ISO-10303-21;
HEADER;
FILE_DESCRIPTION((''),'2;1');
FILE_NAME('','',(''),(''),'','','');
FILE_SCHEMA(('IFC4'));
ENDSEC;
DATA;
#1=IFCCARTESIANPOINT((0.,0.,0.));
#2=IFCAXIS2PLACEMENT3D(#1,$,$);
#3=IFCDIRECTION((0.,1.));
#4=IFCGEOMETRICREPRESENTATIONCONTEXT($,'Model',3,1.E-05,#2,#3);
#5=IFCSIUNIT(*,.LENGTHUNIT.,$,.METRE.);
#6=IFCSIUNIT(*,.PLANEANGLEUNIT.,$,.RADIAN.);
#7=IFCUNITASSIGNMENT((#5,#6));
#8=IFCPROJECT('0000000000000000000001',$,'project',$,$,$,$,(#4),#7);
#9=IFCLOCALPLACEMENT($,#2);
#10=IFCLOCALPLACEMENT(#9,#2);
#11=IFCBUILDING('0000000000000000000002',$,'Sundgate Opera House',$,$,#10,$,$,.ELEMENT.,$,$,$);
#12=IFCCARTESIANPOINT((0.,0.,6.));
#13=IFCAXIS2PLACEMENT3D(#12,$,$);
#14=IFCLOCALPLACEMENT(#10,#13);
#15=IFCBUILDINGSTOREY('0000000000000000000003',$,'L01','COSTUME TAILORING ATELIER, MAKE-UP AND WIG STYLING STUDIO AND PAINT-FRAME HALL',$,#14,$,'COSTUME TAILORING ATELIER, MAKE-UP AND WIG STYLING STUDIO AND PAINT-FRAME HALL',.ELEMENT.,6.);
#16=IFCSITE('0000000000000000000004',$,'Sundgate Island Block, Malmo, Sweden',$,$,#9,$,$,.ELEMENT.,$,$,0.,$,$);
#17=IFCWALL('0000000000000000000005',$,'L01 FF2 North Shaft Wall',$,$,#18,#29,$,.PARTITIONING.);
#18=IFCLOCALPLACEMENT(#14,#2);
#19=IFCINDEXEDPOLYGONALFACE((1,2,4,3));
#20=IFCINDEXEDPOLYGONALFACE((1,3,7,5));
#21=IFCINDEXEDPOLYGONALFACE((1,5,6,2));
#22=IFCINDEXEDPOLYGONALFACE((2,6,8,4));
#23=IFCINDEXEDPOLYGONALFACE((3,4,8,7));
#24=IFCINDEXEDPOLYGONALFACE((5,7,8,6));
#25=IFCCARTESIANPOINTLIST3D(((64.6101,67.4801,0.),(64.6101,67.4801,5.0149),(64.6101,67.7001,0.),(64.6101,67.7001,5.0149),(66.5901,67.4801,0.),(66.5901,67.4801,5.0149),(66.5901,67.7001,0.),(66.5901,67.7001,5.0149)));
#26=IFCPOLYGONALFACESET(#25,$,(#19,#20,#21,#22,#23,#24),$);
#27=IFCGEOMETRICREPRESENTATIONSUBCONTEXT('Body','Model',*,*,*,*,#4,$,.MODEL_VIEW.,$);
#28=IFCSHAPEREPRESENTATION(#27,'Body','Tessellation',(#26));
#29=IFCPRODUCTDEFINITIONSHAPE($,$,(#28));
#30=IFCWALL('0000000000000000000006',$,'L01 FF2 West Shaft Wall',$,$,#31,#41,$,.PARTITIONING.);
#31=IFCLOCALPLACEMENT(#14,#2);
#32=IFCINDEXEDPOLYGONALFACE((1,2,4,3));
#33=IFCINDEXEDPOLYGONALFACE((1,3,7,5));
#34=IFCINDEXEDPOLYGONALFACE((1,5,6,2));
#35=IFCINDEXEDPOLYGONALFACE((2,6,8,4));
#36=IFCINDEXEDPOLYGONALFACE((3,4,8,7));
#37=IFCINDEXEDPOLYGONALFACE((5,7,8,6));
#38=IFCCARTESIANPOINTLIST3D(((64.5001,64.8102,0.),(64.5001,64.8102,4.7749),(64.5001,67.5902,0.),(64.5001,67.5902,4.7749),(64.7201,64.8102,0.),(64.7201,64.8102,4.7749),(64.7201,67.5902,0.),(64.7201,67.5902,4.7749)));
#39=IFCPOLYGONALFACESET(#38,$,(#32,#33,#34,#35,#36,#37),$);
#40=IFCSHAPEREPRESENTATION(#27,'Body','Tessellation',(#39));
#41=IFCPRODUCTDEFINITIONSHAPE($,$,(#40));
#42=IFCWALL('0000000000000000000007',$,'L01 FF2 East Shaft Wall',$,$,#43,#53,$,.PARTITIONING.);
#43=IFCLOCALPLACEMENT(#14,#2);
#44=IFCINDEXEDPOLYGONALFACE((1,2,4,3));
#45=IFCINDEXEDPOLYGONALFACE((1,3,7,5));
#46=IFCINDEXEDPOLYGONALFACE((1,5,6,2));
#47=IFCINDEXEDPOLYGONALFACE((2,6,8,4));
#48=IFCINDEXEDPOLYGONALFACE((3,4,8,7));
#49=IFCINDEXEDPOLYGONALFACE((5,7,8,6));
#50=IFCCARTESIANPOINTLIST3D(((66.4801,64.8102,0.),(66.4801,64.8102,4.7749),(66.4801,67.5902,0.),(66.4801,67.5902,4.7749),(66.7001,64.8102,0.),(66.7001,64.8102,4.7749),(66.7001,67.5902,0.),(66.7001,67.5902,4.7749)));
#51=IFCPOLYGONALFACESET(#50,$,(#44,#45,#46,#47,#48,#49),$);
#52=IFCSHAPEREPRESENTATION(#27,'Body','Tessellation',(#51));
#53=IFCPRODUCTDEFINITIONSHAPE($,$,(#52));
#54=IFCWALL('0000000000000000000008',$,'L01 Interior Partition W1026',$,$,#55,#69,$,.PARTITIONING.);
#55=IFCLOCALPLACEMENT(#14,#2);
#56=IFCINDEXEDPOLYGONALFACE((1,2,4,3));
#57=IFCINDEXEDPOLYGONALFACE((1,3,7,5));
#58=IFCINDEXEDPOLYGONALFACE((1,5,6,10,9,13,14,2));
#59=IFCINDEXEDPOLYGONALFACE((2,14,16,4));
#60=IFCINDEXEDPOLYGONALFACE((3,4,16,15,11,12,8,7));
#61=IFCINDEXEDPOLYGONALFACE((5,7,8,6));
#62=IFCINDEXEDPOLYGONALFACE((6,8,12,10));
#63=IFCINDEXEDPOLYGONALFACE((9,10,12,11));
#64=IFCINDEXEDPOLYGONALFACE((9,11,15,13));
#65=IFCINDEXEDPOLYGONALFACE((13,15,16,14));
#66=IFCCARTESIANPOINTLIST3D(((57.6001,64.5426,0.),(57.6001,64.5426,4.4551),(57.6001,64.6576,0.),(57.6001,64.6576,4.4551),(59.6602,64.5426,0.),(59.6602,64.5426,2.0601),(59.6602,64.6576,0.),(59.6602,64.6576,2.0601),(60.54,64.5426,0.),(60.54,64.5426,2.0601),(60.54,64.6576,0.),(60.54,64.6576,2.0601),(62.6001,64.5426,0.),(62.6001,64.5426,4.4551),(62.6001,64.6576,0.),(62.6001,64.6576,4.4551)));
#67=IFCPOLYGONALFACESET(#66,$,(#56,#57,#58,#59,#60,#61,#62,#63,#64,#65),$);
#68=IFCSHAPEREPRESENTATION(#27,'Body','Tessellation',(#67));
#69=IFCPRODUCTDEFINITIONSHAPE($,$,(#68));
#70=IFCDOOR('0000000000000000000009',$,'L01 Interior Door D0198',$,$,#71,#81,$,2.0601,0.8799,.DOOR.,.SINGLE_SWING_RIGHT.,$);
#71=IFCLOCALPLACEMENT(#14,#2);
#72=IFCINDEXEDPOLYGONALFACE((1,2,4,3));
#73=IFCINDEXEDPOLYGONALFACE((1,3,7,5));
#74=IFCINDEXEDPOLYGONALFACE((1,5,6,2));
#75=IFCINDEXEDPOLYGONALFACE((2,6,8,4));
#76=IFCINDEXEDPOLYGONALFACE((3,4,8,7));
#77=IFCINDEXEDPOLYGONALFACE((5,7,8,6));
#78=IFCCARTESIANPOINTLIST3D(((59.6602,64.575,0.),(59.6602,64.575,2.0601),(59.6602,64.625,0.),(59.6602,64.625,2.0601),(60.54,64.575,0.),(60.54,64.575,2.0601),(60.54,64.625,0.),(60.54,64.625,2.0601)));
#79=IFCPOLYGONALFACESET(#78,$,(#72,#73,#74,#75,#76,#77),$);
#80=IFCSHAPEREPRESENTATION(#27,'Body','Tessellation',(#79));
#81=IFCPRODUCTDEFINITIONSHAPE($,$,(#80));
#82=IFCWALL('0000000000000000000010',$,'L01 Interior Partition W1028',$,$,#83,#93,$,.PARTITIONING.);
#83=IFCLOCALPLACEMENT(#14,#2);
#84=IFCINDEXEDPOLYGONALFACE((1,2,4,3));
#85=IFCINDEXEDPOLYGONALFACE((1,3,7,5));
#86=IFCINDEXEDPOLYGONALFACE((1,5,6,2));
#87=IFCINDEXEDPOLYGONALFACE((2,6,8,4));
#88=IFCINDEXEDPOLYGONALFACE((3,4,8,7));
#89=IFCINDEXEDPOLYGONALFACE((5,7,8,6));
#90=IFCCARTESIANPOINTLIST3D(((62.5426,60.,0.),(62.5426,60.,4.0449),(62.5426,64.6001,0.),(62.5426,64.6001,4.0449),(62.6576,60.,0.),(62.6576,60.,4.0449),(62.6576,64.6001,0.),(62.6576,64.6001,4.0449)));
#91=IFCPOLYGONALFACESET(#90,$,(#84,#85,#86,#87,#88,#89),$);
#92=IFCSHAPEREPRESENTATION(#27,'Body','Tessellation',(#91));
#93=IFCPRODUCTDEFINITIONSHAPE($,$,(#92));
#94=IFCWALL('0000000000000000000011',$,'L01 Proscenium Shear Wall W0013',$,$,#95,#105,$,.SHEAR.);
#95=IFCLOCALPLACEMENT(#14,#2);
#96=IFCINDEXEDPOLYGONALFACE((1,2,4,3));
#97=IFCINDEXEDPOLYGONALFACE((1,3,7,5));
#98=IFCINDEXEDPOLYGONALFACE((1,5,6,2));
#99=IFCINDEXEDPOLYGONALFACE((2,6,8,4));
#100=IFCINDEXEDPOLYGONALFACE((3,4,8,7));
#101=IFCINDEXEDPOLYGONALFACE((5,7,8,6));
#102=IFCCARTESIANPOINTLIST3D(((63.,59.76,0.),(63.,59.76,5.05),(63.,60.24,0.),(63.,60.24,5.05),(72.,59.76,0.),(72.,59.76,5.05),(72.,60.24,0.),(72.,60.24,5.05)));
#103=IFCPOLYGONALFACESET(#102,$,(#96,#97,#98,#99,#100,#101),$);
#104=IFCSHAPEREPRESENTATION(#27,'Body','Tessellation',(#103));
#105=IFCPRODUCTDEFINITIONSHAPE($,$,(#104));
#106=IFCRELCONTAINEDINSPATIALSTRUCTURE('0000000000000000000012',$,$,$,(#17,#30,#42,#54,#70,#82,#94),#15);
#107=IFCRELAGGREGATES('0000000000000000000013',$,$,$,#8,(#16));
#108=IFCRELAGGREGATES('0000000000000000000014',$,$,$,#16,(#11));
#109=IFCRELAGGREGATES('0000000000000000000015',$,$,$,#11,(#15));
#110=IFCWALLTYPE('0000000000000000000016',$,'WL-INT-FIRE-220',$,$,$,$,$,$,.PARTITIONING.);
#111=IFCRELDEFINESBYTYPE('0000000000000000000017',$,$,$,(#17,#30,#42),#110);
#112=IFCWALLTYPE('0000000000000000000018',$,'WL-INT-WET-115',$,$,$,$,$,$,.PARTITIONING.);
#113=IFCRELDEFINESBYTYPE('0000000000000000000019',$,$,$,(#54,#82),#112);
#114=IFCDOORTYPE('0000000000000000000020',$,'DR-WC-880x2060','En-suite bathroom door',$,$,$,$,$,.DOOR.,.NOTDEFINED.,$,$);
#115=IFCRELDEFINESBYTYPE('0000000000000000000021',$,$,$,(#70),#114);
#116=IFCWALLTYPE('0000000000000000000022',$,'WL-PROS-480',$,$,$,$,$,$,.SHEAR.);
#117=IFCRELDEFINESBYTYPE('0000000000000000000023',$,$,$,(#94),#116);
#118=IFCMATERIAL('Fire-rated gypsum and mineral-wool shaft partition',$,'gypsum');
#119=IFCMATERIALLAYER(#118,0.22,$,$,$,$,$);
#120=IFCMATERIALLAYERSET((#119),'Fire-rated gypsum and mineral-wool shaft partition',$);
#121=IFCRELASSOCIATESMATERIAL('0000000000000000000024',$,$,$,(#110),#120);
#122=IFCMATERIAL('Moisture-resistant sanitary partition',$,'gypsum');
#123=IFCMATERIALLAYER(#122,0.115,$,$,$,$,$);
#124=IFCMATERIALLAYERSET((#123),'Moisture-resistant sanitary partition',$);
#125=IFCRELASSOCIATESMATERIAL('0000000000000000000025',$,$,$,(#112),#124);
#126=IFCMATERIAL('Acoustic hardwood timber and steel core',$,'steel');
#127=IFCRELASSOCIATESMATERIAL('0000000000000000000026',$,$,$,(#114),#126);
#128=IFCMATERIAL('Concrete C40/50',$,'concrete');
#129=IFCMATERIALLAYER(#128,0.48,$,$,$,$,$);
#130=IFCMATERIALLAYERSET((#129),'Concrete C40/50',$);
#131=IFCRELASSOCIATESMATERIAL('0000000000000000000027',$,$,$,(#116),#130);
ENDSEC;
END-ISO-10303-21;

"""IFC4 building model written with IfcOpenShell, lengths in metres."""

from ifc_helpers import new_model, si_unit, direction, frame, frame_2d, origin, place, context, subcontext, project, spatial, rectangle, extrude, material, layer, layer_set, type_object, element, fill, save


model = new_model("IFC4")

# Units and contexts
model_context = context("Model", 3, precision=1e-05, world=origin(), true_north=direction((0.0, 1.0)))
body_context = subcontext(model_context, "Body", "Model", "MODEL_VIEW")
ifc_project = project(units=[si_unit("LENGTHUNIT", "METRE"), si_unit("PLANEANGLEUNIT", "RADIAN")], contexts=[model_context])

# Site, building, storey
site_placement = place(None, origin())
site = spatial("IfcSite", under=ifc_project, at=site_placement, Name="Sundgate Island Block, Malmo, Sweden", CompositionType="ELEMENT", RefElevation=0.0)
building_placement = place(site_placement, origin())
building = spatial("IfcBuilding", under=site, at=building_placement, Name="Sundgate Opera House", CompositionType="ELEMENT")
storey_placement = place(building_placement, frame((0.0, 0.0, 6.0)))
storey = spatial("IfcBuildingStorey", under=building, at=storey_placement, Name="L01", Description="COSTUME TAILORING ATELIER, MAKE-UP AND WIG STYLING STUDIO AND PAINT-FRAME HALL", LongName="COSTUME TAILORING ATELIER, MAKE-UP AND WIG STYLING STUDIO AND PAINT-FRAME HALL", CompositionType="ELEMENT", Elevation=6.0)

# Shared definitions
ifc_material_1 = material(Name="Fire-rated gypsum and mineral-wool shaft partition", Category="gypsum")
ifc_layer_1 = layer(ifc_material_1, 0.22)
ifc_layer_set_1 = layer_set([ifc_layer_1], Name="Fire-rated gypsum and mineral-wool shaft partition")
wall_type_1 = type_object("IfcWallType", Name="WL-INT-FIRE-220", PredefinedType="PARTITIONING", material=ifc_layer_set_1)

# Walls
wall_1_placement = place(storey_placement, frame((64.6101, 67.5901, 0.0), z_axis=(0.0, 0.0, 1.0), x_axis=(1.0, 0.0, 0.0)))
element("IfcWall", 1, at=wall_1_placement, inside=storey, type_object=wall_type_1, Name="L01 FF2 North Shaft Wall", PredefinedType="PARTITIONING", context=body_context, shape_type="SweptSolid", body=[
    extrude(rectangle(XDim=1.98, YDim=0.22, at=frame_2d((0.99, 0.0))), origin(), (0.0, 0.0, 1.0), 5.0149),
])
for number, where, z_axis, x_axis, name in (
    (2, (64.6101, 64.8101, 0.0), (0.0, 0.0, 1.0), (0.0, 1.0, 0.0), "L01 FF2 West Shaft Wall"),
    (3, (66.5901, 64.8101, 0.0), (0.0, 0.0, 1.0), (0.0, 1.0, 0.0), "L01 FF2 East Shaft Wall"),
):
    element("IfcWall", number, at=place(storey_placement, frame(where, z_axis=z_axis, x_axis=x_axis)), inside=storey, type_object=wall_type_1, Name=name, PredefinedType="PARTITIONING", context=body_context, shape_type="SweptSolid", body=[
        extrude(rectangle(XDim=2.78, YDim=0.22, at=frame_2d((1.3901, 0.0))), origin(), (0.0, 0.0, 1.0), 4.7749),
    ])

# Wall, opening, door
ifc_material_2 = material(Name="Moisture-resistant sanitary partition", Category="gypsum")
ifc_layer_2 = layer(ifc_material_2, 0.115)
ifc_layer_set_2 = layer_set([ifc_layer_2], Name="Moisture-resistant sanitary partition")
wall_type_2 = type_object("IfcWallType", Name="WL-INT-WET-115", PredefinedType="PARTITIONING", material=ifc_layer_set_2)
wall_2_placement = place(storey_placement, frame((57.6001, 64.6001, 0.0), z_axis=(0.0, 0.0, 1.0), x_axis=(1.0, 0.0, 0.0)))
wall_2 = element("IfcWall", 4, at=wall_2_placement, inside=storey, type_object=wall_type_2, Name="L01 Interior Partition W1026", PredefinedType="PARTITIONING", context=body_context, shape_type="SweptSolid", body=[
    extrude(rectangle(XDim=5.0, YDim=0.115, at=frame_2d((2.5, 0.0))), origin(), (0.0, 0.0, 1.0), 4.4551),
])
opening_1_placement = place(wall_2_placement, frame((2.0601, 0.0, 0.0)))
opening_1 = element("IfcOpeningElement", 5, at=opening_1_placement, cuts=wall_2, PredefinedType="OPENING", context=body_context, shape_type="SweptSolid", body=[
    extrude(rectangle(XDim=0.8799, YDim=2.0601, at=frame_2d((0.4399, 1.03))), frame((0.0, 0.0674, 0.0), z_axis=(0.0, -1.0, 0.0), x_axis=(1.0, 0.0, 0.0)), (0.0, 0.0, 1.0), 0.135),
])
ifc_material_3 = material(Name="Acoustic hardwood timber and steel core", Category="steel")
door_type_1 = type_object("IfcDoorType", Name="DR-WC-880x2060", Description="En-suite bathroom door", OperationType="NOTDEFINED", PredefinedType="DOOR", material=ifc_material_3)
door_1_placement = place(opening_1_placement, origin())
door_1 = element("IfcDoor", 6, at=door_1_placement, inside=storey, type_object=door_type_1, Name="L01 Interior Door D0198", OperationType="SINGLE_SWING_RIGHT", OverallHeight=2.0601, OverallWidth=0.8799, PredefinedType="DOOR", context=body_context, shape_type="SweptSolid", body=[
    extrude(rectangle(XDim=0.8799, YDim=2.0601, at=frame_2d((0.4399, 1.03))), frame((0.0, 0.0249, 0.0), z_axis=(0.0, -1.0, 0.0), x_axis=(1.0, 0.0, 0.0)), (0.0, 0.0, 1.0), 0.05),
])
fill(opening_1, door_1)

# Walls
wall_3_placement = place(storey_placement, frame((62.6001, 60.0, 0.0), z_axis=(0.0, 0.0, 1.0), x_axis=(0.0, 1.0, 0.0)))
element("IfcWall", 7, at=wall_3_placement, inside=storey, type_object=wall_type_2, Name="L01 Interior Partition W1028", PredefinedType="PARTITIONING", context=body_context, shape_type="SweptSolid", body=[
    extrude(rectangle(XDim=4.6001, YDim=0.115, at=frame_2d((2.3, 0.0))), origin(), (0.0, 0.0, 1.0), 4.0449),
])
ifc_material_4 = material(Name="Concrete C40/50", Category="concrete")
ifc_layer_3 = layer(ifc_material_4, 0.48)
ifc_layer_set_3 = layer_set([ifc_layer_3], Name="Concrete C40/50")
wall_type_3 = type_object("IfcWallType", Name="WL-PROS-480", PredefinedType="SHEAR", material=ifc_layer_set_3)
wall_4_placement = place(storey_placement, frame((63.0, 60.0, 0.0), z_axis=(0.0, 0.0, 1.0), x_axis=(1.0, 0.0, 0.0)))
element("IfcWall", 8, at=wall_4_placement, inside=storey, type_object=wall_type_3, Name="L01 Proscenium Shear Wall W0013", PredefinedType="SHEAR", context=body_context, shape_type="SweptSolid", body=[
    extrude(rectangle(XDim=9.0, YDim=0.48, at=frame_2d((4.5, 0.0))), origin(), (0.0, 0.0, 1.0), 5.05),
])

save(model, "model.ifc")
